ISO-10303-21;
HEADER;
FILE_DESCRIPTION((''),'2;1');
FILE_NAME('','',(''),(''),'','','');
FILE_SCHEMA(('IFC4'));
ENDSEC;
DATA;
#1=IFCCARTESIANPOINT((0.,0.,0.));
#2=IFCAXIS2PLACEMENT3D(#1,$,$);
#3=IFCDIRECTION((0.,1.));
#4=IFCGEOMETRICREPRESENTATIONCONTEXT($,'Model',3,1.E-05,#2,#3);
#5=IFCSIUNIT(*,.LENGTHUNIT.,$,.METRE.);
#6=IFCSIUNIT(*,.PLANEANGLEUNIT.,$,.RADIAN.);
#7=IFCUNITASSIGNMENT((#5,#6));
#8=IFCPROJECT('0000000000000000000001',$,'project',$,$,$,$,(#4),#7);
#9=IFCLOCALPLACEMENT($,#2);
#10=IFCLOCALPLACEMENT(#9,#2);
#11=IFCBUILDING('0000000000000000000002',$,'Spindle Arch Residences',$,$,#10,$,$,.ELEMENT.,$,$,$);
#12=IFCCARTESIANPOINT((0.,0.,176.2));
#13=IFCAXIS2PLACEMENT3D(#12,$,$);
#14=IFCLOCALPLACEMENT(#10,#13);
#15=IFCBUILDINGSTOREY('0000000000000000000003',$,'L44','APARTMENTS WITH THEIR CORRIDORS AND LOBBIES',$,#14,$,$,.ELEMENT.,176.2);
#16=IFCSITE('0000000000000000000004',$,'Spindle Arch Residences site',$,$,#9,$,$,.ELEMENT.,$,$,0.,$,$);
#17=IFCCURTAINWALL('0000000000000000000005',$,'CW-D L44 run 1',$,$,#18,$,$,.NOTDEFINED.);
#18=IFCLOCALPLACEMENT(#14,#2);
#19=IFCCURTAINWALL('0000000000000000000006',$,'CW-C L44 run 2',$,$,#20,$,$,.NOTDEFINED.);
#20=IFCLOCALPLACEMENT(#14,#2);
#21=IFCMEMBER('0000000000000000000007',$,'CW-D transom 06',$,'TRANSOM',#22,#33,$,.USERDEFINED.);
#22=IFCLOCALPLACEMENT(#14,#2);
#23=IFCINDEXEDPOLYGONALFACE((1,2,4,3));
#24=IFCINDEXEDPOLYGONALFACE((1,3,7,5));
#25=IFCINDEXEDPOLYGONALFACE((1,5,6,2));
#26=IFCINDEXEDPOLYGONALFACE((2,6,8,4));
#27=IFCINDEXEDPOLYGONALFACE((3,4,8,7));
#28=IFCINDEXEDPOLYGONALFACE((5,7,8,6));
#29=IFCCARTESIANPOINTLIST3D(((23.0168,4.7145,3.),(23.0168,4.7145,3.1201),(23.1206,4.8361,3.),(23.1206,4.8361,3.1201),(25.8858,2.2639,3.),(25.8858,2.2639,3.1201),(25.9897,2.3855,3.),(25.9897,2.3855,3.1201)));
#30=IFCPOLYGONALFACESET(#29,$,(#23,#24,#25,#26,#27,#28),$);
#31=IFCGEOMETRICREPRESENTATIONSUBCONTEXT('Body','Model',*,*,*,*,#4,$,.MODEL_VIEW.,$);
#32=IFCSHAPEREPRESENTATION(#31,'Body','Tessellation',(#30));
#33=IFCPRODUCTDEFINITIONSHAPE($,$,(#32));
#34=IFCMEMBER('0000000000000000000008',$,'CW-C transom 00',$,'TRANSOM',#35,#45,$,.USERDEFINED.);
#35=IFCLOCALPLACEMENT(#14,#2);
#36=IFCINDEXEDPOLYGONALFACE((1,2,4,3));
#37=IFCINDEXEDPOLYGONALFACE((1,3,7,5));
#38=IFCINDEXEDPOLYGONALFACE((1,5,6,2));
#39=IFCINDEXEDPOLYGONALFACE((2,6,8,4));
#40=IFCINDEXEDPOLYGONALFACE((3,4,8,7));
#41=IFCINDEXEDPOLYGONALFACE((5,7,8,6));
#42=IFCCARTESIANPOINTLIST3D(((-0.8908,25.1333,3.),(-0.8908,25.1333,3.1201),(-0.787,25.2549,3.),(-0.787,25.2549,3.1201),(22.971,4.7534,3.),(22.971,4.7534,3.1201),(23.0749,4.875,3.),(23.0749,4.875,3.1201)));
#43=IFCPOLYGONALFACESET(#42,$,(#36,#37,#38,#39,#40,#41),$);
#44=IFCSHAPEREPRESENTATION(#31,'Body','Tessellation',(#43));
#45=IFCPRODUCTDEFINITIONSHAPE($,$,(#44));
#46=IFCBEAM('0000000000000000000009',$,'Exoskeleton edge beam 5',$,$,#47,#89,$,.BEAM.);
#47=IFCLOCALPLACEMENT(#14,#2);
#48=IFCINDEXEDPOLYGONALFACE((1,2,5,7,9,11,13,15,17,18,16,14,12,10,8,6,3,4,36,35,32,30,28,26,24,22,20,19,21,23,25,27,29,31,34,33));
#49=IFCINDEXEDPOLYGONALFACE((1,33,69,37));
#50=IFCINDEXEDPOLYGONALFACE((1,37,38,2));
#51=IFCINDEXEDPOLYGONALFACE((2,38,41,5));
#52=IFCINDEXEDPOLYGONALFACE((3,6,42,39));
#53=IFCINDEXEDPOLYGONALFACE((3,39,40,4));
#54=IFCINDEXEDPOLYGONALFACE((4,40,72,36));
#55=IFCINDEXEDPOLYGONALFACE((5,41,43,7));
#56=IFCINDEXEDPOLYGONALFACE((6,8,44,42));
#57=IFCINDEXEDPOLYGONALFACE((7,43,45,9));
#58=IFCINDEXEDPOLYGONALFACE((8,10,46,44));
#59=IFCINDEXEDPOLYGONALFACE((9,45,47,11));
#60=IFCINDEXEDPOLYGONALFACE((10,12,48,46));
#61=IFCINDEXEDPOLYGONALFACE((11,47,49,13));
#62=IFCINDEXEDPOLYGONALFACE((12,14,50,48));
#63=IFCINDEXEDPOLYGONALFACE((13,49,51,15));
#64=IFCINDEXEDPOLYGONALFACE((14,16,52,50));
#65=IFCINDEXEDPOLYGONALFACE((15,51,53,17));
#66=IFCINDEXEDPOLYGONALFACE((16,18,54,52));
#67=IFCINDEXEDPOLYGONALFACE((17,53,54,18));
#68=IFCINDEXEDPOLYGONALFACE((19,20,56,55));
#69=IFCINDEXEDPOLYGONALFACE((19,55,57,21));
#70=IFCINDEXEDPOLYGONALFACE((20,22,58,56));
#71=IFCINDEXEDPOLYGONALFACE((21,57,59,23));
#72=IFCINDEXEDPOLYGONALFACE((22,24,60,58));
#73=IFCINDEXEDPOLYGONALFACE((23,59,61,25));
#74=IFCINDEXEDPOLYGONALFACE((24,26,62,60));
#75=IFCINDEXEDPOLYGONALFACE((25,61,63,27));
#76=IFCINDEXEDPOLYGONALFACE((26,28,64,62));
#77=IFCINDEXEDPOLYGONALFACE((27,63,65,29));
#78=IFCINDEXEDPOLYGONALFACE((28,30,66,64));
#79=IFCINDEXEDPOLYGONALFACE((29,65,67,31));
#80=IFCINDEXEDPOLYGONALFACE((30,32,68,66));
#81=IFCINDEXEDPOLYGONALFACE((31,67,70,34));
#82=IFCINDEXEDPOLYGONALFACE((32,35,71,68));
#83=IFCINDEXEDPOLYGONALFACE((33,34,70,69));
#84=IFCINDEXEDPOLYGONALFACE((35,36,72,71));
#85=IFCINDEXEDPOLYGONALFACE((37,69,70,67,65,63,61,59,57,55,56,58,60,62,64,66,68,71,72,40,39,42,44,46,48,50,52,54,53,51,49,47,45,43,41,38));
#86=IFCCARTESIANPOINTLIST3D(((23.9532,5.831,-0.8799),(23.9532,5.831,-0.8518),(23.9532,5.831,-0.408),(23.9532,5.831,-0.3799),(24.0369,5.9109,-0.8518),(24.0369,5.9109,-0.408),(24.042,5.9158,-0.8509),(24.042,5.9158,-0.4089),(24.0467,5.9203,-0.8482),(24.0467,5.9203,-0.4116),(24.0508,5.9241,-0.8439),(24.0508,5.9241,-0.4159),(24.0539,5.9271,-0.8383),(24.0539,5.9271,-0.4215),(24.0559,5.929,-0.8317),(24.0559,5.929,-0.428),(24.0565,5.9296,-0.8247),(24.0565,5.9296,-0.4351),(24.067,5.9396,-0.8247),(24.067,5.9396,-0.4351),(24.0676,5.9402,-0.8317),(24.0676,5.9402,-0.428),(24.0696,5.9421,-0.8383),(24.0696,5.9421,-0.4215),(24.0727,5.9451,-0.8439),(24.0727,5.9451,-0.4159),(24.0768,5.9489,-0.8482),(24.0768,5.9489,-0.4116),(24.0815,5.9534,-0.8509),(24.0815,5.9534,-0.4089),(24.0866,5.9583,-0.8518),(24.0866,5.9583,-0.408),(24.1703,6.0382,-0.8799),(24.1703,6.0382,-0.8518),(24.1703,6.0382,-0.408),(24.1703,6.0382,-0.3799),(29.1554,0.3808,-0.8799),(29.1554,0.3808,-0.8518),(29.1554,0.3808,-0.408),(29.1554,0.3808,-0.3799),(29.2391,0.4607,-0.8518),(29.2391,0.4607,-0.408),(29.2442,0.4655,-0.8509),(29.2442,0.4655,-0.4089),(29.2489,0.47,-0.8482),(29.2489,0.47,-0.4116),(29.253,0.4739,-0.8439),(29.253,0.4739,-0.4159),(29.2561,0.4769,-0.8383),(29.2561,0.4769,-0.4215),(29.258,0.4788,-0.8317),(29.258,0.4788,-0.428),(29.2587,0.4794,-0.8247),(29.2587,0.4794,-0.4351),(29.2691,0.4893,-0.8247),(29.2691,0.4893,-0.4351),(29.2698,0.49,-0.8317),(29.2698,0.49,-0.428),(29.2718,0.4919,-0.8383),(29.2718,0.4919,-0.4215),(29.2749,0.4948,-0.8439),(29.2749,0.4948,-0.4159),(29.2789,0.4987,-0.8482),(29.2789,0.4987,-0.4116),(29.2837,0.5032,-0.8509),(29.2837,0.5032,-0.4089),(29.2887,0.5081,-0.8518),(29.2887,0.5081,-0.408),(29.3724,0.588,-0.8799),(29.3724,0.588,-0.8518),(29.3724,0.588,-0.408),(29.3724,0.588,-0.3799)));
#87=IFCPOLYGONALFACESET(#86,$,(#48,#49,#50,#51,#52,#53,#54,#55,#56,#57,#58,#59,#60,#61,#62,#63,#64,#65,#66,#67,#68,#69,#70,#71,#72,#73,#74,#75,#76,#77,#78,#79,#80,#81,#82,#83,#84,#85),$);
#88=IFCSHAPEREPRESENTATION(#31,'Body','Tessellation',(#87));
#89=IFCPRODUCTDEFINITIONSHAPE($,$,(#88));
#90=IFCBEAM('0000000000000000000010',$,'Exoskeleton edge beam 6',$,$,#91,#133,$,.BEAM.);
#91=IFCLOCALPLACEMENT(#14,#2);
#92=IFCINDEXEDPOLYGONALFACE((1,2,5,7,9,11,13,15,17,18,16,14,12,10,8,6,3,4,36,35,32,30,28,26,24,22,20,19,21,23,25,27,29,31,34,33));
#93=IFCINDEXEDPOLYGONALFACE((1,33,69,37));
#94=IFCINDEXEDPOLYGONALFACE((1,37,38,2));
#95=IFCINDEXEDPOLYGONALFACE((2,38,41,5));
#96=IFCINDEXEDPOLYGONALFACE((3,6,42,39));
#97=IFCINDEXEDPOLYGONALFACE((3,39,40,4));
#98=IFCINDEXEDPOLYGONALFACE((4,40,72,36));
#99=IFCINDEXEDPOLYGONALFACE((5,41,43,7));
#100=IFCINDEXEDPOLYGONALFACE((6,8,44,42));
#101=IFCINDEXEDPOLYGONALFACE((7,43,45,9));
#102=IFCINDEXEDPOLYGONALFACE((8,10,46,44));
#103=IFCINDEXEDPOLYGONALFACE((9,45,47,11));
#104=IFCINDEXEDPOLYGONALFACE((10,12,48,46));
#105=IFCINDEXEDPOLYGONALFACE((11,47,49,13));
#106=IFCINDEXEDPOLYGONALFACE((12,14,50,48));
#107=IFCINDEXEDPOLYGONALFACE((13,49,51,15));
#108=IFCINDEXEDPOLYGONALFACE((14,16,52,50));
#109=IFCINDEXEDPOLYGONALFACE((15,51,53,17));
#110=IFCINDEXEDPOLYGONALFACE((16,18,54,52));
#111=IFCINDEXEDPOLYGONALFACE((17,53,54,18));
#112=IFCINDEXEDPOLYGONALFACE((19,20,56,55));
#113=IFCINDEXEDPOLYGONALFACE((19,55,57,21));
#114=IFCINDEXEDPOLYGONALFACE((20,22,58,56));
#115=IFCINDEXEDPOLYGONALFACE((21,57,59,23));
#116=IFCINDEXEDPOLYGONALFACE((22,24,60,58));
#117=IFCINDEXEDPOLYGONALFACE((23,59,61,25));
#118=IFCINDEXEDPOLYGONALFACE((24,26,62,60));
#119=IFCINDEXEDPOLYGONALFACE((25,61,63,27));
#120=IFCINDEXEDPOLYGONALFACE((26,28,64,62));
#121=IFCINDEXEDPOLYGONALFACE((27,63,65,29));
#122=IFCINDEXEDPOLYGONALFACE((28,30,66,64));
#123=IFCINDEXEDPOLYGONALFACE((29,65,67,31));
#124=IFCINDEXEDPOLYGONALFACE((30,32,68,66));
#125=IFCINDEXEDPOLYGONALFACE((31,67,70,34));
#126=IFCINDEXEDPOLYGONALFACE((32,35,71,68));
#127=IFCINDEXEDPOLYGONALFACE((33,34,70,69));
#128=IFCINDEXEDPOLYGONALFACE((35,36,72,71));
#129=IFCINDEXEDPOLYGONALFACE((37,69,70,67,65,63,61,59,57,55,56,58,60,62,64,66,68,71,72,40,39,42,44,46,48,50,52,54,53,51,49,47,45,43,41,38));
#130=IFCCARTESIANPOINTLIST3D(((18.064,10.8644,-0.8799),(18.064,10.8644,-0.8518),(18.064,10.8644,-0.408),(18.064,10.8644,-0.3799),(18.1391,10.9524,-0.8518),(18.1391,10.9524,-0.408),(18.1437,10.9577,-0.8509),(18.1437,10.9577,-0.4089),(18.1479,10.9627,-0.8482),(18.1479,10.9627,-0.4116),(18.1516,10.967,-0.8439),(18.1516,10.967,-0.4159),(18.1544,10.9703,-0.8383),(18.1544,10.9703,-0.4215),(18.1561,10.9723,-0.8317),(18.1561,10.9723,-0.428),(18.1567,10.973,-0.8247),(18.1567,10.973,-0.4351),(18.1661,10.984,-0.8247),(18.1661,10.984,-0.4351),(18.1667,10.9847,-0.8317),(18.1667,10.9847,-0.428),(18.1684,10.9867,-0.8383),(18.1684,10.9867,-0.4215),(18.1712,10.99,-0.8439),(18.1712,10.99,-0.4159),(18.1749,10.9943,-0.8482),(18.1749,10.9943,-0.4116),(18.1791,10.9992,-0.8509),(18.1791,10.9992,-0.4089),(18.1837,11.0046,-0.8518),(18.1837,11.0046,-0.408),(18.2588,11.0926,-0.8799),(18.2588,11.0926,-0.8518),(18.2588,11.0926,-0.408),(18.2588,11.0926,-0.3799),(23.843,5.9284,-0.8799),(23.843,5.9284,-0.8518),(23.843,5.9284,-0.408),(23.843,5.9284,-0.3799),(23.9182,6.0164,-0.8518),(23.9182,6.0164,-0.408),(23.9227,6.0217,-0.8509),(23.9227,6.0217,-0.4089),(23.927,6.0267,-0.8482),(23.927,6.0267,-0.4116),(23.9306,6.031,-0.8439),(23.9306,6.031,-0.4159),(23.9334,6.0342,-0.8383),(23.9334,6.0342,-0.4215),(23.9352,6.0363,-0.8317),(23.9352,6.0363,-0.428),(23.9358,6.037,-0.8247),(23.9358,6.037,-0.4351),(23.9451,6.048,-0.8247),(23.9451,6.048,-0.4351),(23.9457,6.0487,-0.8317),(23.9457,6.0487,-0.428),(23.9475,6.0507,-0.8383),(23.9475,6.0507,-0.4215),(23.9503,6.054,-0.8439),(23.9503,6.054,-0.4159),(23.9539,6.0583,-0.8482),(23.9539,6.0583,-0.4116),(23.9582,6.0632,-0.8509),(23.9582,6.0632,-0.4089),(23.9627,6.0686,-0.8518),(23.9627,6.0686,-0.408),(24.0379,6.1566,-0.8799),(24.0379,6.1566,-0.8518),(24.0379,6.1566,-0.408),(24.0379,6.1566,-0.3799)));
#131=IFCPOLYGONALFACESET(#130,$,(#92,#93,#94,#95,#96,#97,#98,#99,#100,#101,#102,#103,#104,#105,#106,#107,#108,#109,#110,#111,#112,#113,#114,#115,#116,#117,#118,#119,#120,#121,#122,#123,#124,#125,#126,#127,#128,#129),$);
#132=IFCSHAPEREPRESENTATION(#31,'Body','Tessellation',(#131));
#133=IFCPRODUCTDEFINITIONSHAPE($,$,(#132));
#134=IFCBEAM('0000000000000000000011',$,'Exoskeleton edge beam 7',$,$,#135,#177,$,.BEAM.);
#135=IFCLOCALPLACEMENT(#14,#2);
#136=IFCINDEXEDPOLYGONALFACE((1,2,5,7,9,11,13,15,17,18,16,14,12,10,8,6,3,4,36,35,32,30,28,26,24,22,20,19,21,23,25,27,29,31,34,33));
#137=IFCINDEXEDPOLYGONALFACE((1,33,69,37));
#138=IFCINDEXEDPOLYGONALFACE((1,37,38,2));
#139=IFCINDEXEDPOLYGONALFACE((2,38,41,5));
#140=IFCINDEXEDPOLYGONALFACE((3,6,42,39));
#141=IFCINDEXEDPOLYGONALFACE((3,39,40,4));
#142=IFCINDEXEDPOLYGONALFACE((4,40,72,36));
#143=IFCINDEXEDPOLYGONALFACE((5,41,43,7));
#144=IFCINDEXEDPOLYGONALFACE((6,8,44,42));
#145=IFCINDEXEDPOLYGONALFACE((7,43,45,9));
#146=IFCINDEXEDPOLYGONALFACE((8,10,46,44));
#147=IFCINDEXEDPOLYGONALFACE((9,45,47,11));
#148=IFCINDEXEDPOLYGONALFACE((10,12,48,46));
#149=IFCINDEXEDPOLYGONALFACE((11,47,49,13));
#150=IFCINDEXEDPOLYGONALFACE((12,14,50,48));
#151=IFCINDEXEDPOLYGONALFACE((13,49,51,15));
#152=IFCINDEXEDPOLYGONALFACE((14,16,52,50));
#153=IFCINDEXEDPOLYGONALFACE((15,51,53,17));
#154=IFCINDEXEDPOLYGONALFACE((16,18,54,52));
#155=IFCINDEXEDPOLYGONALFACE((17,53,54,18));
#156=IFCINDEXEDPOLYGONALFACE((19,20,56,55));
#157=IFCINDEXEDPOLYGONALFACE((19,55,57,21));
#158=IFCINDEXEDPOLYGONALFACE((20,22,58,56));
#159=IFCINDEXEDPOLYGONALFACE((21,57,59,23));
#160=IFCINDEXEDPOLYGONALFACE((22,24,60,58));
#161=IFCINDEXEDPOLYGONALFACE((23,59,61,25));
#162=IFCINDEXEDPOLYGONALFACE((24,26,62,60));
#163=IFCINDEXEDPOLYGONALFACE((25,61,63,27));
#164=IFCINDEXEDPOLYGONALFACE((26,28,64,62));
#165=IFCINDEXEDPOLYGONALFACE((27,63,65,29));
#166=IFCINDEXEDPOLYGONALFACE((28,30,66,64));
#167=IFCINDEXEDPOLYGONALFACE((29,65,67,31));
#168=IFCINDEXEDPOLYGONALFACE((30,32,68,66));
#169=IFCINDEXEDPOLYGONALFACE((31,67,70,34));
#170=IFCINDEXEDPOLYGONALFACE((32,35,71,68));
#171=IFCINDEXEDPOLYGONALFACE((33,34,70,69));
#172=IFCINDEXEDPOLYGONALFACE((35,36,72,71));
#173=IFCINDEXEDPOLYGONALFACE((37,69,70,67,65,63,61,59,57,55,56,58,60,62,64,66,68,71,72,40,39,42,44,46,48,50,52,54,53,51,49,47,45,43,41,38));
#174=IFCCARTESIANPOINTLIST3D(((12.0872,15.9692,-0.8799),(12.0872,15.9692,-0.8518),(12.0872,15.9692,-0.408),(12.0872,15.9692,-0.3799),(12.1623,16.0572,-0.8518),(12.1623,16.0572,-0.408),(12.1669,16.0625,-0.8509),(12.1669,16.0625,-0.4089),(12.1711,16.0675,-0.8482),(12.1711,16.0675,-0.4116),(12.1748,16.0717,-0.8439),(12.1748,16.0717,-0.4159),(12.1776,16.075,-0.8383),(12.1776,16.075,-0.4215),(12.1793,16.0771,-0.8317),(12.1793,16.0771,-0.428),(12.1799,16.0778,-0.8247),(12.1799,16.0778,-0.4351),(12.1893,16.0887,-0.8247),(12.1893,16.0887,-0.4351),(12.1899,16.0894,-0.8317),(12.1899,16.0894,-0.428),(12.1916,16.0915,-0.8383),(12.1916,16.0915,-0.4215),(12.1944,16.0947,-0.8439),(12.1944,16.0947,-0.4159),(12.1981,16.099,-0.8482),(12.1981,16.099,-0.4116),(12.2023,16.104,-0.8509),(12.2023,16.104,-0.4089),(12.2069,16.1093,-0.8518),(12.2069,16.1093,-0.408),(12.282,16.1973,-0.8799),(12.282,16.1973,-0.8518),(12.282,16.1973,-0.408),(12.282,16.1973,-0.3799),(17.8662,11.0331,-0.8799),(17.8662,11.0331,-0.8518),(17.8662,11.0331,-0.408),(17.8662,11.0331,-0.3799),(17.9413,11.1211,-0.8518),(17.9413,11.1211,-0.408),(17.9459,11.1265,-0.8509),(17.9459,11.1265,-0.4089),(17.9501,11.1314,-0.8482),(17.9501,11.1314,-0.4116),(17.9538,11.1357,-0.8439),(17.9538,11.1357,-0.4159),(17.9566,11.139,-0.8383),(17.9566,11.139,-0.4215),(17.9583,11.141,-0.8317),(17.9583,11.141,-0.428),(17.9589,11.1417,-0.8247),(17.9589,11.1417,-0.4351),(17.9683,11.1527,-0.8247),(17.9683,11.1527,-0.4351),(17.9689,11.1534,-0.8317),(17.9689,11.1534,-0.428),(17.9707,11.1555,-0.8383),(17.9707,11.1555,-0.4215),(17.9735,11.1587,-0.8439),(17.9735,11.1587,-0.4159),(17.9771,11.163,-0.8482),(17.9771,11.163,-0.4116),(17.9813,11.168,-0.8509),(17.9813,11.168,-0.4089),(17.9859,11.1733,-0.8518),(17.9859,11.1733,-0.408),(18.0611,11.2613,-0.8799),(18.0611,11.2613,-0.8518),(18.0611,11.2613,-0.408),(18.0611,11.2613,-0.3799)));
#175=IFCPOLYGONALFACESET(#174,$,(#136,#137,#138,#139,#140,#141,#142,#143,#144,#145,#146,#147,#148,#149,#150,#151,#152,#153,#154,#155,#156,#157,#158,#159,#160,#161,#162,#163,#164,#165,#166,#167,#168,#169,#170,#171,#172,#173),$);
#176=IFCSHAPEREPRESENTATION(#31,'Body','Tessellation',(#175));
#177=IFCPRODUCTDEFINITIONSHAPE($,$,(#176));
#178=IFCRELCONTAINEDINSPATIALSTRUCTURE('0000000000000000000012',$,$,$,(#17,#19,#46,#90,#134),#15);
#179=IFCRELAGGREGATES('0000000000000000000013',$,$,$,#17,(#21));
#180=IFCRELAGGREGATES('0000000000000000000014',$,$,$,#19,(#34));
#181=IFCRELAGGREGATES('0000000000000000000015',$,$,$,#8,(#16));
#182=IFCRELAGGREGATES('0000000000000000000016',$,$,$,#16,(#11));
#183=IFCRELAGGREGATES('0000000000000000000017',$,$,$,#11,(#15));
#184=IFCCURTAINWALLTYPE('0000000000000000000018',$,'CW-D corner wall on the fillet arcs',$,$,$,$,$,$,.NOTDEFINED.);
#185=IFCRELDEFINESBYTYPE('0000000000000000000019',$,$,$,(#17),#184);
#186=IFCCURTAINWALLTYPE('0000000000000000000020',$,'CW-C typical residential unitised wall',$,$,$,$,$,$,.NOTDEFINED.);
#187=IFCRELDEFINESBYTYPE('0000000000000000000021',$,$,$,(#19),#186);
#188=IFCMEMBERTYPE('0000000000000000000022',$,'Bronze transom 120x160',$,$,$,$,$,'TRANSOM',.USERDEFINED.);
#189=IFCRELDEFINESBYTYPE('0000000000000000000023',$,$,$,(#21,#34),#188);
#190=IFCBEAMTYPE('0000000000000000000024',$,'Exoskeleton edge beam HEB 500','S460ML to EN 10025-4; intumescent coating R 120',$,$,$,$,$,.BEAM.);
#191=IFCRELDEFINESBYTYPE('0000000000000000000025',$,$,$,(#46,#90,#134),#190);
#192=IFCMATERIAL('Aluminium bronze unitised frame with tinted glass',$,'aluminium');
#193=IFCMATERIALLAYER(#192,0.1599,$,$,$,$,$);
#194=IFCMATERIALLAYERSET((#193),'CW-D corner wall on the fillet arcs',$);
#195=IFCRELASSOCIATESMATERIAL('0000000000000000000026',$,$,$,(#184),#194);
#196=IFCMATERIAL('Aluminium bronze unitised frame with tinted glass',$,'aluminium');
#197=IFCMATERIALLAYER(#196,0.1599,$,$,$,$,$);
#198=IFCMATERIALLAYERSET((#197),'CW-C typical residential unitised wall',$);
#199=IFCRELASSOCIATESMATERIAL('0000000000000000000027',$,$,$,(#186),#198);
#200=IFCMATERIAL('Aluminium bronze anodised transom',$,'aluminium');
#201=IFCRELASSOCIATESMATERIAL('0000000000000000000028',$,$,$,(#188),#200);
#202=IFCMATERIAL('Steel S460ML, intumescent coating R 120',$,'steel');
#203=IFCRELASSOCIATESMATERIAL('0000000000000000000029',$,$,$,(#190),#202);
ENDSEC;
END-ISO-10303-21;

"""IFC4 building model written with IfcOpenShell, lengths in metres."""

from ifc_helpers import new_model, si_unit, direction, frame, origin, origin_2d, place, context, subcontext, project, spatial, rectangle, i_section, extrude, material, layer, layer_set, material_profile, profile_set, type_object, element, aggregate, save


model = new_model("IFC4")

# Units and contexts
model_context = context("Model", 3, precision=1e-05, world=origin(), true_north=direction((0.0, 1.0)))
body_context = subcontext(model_context, "Body", "Model", "MODEL_VIEW")
ifc_project = project(units=[si_unit("LENGTHUNIT", "METRE"), si_unit("PLANEANGLEUNIT", "RADIAN")], contexts=[model_context])

# Site, building, storey
site_placement = place(None, origin())
site = spatial("IfcSite", under=ifc_project, at=site_placement, Name="Spindle Arch Residences site", CompositionType="ELEMENT", RefElevation=0.0)
building_placement = place(site_placement, origin())
building = spatial("IfcBuilding", under=site, at=building_placement, Name="Spindle Arch Residences", CompositionType="ELEMENT")
storey_placement = place(building_placement, frame((0.0, 0.0, 176.2)))
storey = spatial("IfcBuildingStorey", under=building, at=storey_placement, Name="L44", Description="APARTMENTS WITH THEIR CORRIDORS AND LOBBIES", CompositionType="ELEMENT", Elevation=176.2)

# Curtain wall
ifc_material_1 = material(Name="Aluminium bronze unitised frame with tinted glass", Category="aluminium")
ifc_layer_1 = layer(ifc_material_1, 0.1599)
ifc_layer_set_1 = layer_set([ifc_layer_1], Name="CW-D corner wall on the fillet arcs")
curtain_wall_type_1 = type_object("IfcCurtainWallType", Name="CW-D corner wall on the fillet arcs", PredefinedType="NOTDEFINED", material=ifc_layer_set_1)
curtain_wall_1_placement = place(storey_placement, origin())
curtain_wall_1 = element("IfcCurtainWall", 1, at=curtain_wall_1_placement, inside=storey, type_object=curtain_wall_type_1, Name="CW-D L44 run 1", PredefinedType="NOTDEFINED")

# Curtain wall
ifc_material_2 = material(Name="Aluminium bronze unitised frame with tinted glass", Category="aluminium")
ifc_layer_2 = layer(ifc_material_2, 0.1599)
ifc_layer_set_2 = layer_set([ifc_layer_2], Name="CW-C typical residential unitised wall")
curtain_wall_type_2 = type_object("IfcCurtainWallType", Name="CW-C typical residential unitised wall", PredefinedType="NOTDEFINED", material=ifc_layer_set_2)
curtain_wall_2_placement = place(storey_placement, origin())
curtain_wall_2 = element("IfcCurtainWall", 2, at=curtain_wall_2_placement, inside=storey, type_object=curtain_wall_type_2, Name="CW-C L44 run 2", PredefinedType="NOTDEFINED")

# Members
ifc_material_3 = material(Name="Aluminium bronze anodised transom", Category="aluminium")
ifc_material_profile_1 = material_profile(ifc_material_3, rectangle(XDim=0.1599, YDim=0.1201, at=origin_2d()), Name="TR 120x160")
ifc_profile_set_1 = profile_set([ifc_material_profile_1], Name="Aluminium bronze anodised transom")
member_type_1 = type_object("IfcMemberType", Name="Bronze transom 120x160", ElementType="TRANSOM", PredefinedType="USERDEFINED", material=ifc_profile_set_1)
member_1_placement = place(storey_placement, frame((25.9377, 2.3247, 3.0601), z_axis=(-0.760379, 0.64948, 0.0), x_axis=(-0.64948, -0.760379, 0.0)))
member_1 = element("IfcMember", 3, at=member_1_placement, type_object=member_type_1, Name="CW-D transom 06", ObjectType="TRANSOM", PredefinedType="USERDEFINED", context=body_context, shape_type="SweptSolid", body=[
    extrude(rectangle(XDim=0.1599, YDim=0.1201, at=origin_2d()), origin(), (0.0, 0.0, 1.0), 3.7732),
])
member_2_placement = place(storey_placement, frame((23.0229, 4.8142, 3.0601), z_axis=(-0.760406, 0.649447, 0.0), x_axis=(-0.649447, -0.760406, 0.0)))
member_2 = element("IfcMember", 4, at=member_2_placement, type_object=member_type_1, Name="CW-C transom 00", ObjectType="TRANSOM", PredefinedType="USERDEFINED", context=body_context, shape_type="SweptSolid", body=[
    extrude(rectangle(XDim=0.1599, YDim=0.1201, at=origin_2d()), origin(), (0.0, 0.0, 1.0), 31.3804),
])

# Beams
ifc_material_4 = material(Name="Steel S460ML, intumescent coating R 120", Category="steel")
ifc_material_profile_2 = material_profile(ifc_material_4, i_section(OverallWidth=0.3, OverallDepth=0.5, WebThickness=0.0144, FlangeThickness=0.0281, FilletRadius=0.0271, at=origin_2d()), Name="HEB 500")
ifc_profile_set_2 = profile_set([ifc_material_profile_2], Name="Steel S460ML, intumescent coating R 120")
beam_type_1 = type_object("IfcBeamType", Name="Exoskeleton edge beam HEB 500", Description="S460ML to EN 10025-4; intumescent coating R 120", PredefinedType="BEAM", material=ifc_profile_set_2)
beam_1_placement = place(storey_placement, frame((29.2639, 0.4844, -0.6299), z_axis=(-0.690454, 0.723376, 0.0), x_axis=(-0.723376, -0.690454, 0.0)))
element("IfcBeam", 5, at=beam_1_placement, inside=storey, type_object=beam_type_1, Name="Exoskeleton edge beam 5", PredefinedType="BEAM", context=body_context, shape_type="SweptSolid", body=[
    extrude(i_section(OverallWidth=0.3, OverallDepth=0.5, WebThickness=0.0144, FlangeThickness=0.0281, FilletRadius=0.0271, at=origin_2d()), origin(), (0.0, 0.0, 1.0), 7.5344),
])
for number, where, z_axis, x_axis, name in (
    (6, (23.9404, 6.0425, -0.6299), (-0.760389, 0.649468, 0.0), (-0.649468, -0.760389, 0.0), "Exoskeleton edge beam 6"),
    (7, (17.9636, 11.1472, -0.6299), (-0.760389, 0.649468, 0.0), (-0.649468, -0.760389, 0.0), "Exoskeleton edge beam 7"),
):
    element("IfcBeam", number, at=place(storey_placement, frame(where, z_axis=z_axis, x_axis=x_axis)), inside=storey, type_object=beam_type_1, Name=name, PredefinedType="BEAM", context=body_context, shape_type="SweptSolid", body=[
        extrude(i_section(OverallWidth=0.3, OverallDepth=0.5, WebThickness=0.0144, FlangeThickness=0.0281, FilletRadius=0.0271, at=origin_2d()), origin(), (0.0, 0.0, 1.0), 7.6001),
    ])

aggregate(curtain_wall_1, [member_1])
aggregate(curtain_wall_2, [member_2])

save(model, "model.ifc")
